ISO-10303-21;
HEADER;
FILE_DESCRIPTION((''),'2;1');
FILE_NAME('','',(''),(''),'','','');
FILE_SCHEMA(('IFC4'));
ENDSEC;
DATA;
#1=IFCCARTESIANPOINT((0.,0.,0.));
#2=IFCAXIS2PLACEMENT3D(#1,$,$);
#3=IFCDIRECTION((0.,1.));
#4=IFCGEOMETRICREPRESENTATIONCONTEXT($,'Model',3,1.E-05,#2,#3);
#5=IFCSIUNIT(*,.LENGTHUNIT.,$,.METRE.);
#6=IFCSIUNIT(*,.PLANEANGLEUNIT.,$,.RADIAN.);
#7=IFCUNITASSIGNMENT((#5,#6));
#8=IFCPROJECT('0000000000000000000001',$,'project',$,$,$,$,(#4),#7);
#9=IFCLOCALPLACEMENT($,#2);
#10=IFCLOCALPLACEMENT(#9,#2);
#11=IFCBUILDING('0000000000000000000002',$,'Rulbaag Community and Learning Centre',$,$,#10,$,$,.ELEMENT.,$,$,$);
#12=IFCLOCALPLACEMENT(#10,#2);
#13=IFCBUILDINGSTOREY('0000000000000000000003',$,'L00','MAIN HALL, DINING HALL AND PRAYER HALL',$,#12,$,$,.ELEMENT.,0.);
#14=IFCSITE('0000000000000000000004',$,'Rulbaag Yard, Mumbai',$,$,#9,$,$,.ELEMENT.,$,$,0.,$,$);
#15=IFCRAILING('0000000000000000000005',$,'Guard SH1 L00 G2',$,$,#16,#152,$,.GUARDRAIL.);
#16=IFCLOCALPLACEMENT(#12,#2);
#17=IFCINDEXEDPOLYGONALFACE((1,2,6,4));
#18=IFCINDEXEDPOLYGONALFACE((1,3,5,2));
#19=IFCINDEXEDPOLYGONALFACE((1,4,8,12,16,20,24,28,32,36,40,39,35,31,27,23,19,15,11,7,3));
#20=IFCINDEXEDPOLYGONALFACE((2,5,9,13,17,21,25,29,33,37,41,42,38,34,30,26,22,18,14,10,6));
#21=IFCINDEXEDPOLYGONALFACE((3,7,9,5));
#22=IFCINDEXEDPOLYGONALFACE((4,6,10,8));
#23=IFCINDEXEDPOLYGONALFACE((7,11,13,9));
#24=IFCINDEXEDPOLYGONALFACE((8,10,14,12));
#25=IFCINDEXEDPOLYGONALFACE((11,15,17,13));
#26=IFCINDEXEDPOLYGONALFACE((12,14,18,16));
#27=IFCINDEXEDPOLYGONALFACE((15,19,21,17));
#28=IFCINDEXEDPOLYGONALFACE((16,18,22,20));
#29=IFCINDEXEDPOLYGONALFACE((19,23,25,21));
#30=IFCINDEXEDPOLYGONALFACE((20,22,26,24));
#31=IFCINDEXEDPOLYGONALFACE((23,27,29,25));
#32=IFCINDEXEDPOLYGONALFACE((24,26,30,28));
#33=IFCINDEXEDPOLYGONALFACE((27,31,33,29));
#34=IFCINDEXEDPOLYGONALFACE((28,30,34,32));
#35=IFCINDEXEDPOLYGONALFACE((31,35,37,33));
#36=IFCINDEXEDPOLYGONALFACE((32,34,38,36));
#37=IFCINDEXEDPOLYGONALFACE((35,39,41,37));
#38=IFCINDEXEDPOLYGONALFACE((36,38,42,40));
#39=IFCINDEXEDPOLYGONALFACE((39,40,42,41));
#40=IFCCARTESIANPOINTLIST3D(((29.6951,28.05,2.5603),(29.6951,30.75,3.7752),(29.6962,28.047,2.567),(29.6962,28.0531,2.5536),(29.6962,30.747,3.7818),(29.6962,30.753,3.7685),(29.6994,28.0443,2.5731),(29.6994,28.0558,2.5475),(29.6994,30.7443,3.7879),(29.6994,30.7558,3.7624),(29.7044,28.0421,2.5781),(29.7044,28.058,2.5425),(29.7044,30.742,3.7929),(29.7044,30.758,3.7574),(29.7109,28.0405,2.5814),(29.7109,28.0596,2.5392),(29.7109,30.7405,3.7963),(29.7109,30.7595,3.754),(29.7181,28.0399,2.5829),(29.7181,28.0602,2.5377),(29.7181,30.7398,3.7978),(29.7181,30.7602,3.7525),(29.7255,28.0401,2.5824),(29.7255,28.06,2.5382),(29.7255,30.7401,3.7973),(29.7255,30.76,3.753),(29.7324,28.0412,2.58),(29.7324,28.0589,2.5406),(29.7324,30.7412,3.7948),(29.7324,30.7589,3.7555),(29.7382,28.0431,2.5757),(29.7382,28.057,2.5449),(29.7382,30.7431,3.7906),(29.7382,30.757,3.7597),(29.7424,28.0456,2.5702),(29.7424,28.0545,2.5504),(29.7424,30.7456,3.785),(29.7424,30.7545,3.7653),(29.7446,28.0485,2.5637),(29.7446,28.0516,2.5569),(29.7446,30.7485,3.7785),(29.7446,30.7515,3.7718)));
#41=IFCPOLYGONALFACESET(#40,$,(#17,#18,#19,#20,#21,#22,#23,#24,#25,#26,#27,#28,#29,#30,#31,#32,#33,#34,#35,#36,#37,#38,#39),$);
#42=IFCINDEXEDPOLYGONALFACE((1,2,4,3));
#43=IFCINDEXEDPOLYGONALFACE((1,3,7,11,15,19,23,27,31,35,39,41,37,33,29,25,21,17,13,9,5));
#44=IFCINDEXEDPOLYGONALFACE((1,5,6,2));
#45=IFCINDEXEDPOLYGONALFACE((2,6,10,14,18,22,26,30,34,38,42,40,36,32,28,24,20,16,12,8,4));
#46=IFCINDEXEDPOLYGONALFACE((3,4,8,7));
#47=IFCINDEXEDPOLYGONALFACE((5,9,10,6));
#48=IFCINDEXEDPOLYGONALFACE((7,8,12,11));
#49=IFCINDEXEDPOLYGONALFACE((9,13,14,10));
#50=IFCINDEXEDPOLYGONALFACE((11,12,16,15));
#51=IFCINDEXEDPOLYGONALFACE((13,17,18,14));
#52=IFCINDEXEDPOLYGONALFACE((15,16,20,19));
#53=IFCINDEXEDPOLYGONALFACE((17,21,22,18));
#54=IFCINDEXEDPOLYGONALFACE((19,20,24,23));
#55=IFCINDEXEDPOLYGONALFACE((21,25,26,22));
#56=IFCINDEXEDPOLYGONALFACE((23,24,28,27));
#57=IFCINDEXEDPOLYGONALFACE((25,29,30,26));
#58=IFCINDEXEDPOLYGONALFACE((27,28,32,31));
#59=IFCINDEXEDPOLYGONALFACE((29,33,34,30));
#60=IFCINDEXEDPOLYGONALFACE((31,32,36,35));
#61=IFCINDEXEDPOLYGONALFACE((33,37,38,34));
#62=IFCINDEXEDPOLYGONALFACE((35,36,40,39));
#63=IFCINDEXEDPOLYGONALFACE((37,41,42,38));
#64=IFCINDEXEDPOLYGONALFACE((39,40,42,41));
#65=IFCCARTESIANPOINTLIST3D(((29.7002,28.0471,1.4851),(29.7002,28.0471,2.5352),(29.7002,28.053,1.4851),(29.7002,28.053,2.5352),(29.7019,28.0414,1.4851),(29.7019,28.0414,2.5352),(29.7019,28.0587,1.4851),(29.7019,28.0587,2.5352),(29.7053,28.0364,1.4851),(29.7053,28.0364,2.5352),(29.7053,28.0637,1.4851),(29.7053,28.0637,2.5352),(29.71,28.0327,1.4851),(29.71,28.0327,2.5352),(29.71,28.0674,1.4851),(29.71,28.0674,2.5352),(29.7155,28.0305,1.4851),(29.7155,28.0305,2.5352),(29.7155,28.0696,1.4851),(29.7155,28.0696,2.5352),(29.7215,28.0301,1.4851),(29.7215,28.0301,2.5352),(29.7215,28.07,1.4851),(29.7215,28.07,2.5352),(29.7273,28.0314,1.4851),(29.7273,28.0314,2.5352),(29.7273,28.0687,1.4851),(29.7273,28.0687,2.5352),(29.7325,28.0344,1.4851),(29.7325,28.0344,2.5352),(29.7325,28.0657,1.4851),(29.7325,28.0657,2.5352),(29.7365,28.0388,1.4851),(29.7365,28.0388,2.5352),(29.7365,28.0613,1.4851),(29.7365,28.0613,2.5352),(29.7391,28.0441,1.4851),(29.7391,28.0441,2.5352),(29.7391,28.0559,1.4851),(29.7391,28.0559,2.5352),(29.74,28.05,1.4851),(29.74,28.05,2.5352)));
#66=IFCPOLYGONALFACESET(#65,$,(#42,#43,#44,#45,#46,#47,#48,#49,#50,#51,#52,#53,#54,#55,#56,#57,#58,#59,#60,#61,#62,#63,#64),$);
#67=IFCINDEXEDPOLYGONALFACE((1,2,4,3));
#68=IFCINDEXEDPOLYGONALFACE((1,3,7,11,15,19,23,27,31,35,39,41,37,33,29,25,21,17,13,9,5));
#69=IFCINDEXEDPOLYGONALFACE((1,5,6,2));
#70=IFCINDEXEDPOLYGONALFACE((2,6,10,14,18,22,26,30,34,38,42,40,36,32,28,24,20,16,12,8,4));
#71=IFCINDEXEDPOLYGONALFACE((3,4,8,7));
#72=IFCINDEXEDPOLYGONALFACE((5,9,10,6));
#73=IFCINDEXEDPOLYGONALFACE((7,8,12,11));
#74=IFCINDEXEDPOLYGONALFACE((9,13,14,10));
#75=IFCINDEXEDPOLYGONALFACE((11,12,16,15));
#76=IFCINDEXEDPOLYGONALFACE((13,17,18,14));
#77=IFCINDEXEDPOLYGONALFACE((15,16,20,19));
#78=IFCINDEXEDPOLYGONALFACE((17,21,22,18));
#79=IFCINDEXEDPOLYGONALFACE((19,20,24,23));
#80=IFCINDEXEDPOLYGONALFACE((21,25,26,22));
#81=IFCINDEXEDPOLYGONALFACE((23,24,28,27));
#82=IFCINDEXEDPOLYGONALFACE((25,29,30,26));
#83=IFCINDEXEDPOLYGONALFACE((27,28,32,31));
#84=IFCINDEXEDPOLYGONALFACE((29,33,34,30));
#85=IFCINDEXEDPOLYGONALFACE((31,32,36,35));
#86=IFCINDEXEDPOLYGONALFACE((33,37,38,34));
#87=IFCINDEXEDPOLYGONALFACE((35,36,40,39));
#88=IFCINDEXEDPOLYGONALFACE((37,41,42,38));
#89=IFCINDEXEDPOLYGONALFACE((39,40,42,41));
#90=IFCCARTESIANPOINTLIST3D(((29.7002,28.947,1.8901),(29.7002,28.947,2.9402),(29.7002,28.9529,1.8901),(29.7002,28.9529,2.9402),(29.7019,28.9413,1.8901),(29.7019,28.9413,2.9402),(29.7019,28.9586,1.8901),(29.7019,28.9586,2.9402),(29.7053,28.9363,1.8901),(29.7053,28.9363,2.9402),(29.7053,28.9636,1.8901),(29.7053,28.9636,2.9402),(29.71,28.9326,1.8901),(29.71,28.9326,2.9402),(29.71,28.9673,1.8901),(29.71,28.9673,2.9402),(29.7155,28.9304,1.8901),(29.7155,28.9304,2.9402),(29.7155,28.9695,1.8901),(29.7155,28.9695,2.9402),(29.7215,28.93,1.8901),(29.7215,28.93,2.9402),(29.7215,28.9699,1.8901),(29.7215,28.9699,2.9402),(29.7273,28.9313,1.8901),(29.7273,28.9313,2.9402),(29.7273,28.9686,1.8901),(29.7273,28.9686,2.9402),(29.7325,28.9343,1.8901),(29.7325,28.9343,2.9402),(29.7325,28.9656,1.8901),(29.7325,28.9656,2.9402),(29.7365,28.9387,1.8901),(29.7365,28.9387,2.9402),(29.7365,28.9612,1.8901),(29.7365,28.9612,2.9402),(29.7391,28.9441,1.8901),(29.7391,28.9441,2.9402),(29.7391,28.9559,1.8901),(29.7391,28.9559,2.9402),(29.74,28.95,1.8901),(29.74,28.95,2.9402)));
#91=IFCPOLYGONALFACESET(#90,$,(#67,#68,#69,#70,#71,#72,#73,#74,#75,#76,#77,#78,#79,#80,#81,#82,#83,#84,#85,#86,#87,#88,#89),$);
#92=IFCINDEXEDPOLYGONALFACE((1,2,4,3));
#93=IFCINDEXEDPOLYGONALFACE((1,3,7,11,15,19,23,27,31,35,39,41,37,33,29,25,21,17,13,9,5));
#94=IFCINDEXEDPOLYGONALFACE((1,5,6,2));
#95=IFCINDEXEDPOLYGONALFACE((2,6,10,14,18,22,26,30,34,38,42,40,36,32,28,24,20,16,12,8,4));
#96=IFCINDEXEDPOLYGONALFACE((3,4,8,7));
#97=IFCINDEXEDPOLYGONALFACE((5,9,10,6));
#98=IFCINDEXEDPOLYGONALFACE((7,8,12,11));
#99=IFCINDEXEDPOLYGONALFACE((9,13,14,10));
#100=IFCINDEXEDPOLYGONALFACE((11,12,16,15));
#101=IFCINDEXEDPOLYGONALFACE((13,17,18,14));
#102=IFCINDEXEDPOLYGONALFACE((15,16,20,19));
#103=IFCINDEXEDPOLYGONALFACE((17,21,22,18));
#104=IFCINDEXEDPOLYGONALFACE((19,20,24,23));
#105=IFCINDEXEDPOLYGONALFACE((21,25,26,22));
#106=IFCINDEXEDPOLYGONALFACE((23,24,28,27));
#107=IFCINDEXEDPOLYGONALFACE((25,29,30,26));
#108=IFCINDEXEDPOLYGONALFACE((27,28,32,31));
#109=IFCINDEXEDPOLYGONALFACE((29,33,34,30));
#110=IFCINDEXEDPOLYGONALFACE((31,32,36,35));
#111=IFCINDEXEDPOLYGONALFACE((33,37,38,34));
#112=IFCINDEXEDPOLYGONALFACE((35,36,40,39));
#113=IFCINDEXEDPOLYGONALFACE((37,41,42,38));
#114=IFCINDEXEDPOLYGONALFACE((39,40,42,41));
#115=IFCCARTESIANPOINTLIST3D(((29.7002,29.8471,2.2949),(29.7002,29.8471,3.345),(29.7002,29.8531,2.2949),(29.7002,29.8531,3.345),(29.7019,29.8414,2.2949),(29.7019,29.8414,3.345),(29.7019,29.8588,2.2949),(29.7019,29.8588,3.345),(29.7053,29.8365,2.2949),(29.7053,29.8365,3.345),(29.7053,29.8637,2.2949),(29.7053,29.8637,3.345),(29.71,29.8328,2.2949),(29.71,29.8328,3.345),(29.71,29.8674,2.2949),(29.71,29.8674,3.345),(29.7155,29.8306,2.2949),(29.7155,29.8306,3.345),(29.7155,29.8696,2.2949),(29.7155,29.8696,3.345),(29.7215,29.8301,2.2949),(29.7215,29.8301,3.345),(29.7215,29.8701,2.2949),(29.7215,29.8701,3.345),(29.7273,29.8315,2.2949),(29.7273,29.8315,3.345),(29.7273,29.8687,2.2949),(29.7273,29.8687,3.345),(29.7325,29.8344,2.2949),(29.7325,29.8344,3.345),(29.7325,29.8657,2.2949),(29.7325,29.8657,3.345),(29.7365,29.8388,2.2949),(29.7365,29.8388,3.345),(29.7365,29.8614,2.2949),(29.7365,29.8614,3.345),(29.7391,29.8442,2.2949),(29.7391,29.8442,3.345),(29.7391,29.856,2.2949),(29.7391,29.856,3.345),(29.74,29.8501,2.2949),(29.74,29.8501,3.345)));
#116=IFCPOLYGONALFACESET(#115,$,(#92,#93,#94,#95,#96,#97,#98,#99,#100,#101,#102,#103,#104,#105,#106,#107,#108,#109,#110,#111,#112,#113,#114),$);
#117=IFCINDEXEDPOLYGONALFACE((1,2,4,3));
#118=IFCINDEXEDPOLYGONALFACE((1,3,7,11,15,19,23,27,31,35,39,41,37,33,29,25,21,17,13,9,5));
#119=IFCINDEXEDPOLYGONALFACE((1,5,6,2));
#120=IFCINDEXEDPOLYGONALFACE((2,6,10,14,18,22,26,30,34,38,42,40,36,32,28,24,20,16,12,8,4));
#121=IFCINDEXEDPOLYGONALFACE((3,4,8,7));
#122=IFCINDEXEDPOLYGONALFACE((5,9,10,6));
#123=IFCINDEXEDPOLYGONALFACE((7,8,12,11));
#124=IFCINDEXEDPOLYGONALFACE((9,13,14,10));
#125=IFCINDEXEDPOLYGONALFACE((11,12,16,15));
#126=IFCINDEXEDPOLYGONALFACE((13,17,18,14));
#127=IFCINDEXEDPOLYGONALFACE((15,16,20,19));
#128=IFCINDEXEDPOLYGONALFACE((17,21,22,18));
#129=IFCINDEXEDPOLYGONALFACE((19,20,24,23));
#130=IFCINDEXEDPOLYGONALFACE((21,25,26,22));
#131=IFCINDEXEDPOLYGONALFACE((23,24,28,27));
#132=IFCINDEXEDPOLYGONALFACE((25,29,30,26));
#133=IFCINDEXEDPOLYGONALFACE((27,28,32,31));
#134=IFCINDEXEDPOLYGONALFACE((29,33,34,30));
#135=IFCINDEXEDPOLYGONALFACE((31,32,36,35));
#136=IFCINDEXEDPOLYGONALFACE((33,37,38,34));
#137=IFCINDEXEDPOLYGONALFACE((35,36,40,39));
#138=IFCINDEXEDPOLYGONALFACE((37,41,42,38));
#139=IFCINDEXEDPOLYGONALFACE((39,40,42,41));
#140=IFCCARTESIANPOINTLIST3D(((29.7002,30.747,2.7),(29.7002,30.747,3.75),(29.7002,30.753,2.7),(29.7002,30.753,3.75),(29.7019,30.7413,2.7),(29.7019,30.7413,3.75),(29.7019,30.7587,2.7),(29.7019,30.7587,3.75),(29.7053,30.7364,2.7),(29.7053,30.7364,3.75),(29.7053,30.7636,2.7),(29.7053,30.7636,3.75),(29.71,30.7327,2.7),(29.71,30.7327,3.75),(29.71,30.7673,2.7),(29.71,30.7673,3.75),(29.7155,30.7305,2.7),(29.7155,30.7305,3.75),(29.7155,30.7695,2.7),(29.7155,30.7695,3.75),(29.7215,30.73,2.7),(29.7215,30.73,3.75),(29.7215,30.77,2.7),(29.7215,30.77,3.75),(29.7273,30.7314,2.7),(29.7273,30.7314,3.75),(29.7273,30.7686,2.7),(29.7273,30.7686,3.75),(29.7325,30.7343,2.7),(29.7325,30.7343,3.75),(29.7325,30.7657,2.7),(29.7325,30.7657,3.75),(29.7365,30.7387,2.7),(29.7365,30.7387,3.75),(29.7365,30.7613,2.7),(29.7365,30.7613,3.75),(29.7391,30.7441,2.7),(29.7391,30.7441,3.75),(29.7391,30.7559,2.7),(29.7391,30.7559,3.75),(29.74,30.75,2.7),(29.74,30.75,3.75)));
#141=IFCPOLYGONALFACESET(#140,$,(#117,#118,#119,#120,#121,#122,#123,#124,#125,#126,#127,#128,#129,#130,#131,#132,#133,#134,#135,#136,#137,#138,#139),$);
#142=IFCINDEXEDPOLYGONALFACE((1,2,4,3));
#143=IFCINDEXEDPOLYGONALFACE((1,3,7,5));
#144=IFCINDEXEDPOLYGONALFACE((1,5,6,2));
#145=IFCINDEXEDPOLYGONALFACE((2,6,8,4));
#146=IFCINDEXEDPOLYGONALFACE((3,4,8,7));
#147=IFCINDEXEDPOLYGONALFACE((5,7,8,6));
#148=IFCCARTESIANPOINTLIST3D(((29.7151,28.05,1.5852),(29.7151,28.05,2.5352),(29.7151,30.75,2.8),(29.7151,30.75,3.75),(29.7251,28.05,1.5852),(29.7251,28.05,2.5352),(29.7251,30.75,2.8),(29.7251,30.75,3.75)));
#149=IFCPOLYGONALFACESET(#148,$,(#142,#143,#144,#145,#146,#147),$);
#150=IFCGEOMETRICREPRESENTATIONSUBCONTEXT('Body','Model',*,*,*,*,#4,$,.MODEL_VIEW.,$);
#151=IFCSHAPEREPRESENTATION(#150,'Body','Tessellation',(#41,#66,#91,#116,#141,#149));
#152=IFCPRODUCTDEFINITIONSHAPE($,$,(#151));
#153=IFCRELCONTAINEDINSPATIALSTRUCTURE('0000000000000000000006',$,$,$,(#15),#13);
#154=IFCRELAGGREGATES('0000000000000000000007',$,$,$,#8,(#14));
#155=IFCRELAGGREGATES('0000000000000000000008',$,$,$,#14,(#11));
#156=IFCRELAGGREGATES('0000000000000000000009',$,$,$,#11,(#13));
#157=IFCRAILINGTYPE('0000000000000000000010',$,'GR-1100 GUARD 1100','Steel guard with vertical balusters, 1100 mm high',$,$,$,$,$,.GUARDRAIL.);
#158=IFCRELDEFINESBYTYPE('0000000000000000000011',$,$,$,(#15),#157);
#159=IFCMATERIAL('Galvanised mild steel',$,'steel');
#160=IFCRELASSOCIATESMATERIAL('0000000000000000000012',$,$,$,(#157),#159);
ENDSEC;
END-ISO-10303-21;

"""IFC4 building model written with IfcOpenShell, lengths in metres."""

from ifc_helpers import new_model, si_unit, direction, frame, origin, origin_2d, place, context, subcontext, project, spatial, polyline, circle, outline, extrude, material, type_object, element, save


model = new_model("IFC4")

# Units and contexts
model_context = context("Model", 3, precision=1e-05, world=origin(), true_north=direction((0.0, 1.0)))
body_context = subcontext(model_context, "Body", "Model", "MODEL_VIEW")
ifc_project = project(units=[si_unit("LENGTHUNIT", "METRE"), si_unit("PLANEANGLEUNIT", "RADIAN")], contexts=[model_context])

# Site, building, storey
site_placement = place(None, origin())
site = spatial("IfcSite", under=ifc_project, at=site_placement, Name="Rulbaag Yard, Mumbai", CompositionType="ELEMENT", RefElevation=0.0)
building_placement = place(site_placement, origin())
building = spatial("IfcBuilding", under=site, at=building_placement, Name="Rulbaag Community and Learning Centre", CompositionType="ELEMENT")
storey_placement = place(building_placement, origin())
storey = spatial("IfcBuildingStorey", under=building, at=storey_placement, Name="L00", Description="MAIN HALL, DINING HALL AND PRAYER HALL", CompositionType="ELEMENT", Elevation=0.0)

# Railing
ifc_material_1 = material(Name="Galvanised mild steel", Category="steel")
railing_type_1 = type_object("IfcRailingType", Name="GR-1100 GUARD 1100", Description="Steel guard with vertical balusters, 1100 mm high", PredefinedType="GUARDRAIL", material=ifc_material_1)
railing_1_placement = place(storey_placement, frame((29.72, 28.05, 1.4851)))
element("IfcRailing", 1, at=railing_1_placement, inside=storey, type_object=railing_type_1, Name="Guard SH1 L00 G2", PredefinedType="GUARDRAIL", context=body_context, shape_type="SweptSolid", body=[
    extrude(circle(Radius=0.0249, at=origin_2d()), frame((0.0, 0.0, 1.0752), z_axis=(0.0, 0.911938, 0.410327), x_axis=(-1.0, 0.0, 0.0)), (0.0, 0.0, 1.0), 2.9607),
    extrude(circle(Radius=0.02, at=origin_2d()), origin(), (0.0, 0.0, 1.0), 1.05),
    extrude(circle(Radius=0.02, at=origin_2d()), frame((0.0, 0.8999, 0.405)), (0.0, 0.0, 1.0), 1.05),
    extrude(circle(Radius=0.02, at=origin_2d()), frame((0.0, 1.8, 0.8098)), (0.0, 0.0, 1.0), 1.05),
    extrude(circle(Radius=0.02, at=origin_2d()), frame((0.0, 2.7, 1.2148)), (0.0, 0.0, 1.0), 1.05),
    extrude(outline(polyline([(0.0, 0.0), (2.7, 1.2148), (2.7, 2.1648), (0.0, 0.95), (0.0, 0.0)])), frame((-0.0049, 0.0, 0.1001), z_axis=(1.0, 0.0, 0.0), x_axis=(0.0, 1.0, 0.0)), (0.0, 0.0, 1.0), 0.01),
])

save(model, "model.ifc")
